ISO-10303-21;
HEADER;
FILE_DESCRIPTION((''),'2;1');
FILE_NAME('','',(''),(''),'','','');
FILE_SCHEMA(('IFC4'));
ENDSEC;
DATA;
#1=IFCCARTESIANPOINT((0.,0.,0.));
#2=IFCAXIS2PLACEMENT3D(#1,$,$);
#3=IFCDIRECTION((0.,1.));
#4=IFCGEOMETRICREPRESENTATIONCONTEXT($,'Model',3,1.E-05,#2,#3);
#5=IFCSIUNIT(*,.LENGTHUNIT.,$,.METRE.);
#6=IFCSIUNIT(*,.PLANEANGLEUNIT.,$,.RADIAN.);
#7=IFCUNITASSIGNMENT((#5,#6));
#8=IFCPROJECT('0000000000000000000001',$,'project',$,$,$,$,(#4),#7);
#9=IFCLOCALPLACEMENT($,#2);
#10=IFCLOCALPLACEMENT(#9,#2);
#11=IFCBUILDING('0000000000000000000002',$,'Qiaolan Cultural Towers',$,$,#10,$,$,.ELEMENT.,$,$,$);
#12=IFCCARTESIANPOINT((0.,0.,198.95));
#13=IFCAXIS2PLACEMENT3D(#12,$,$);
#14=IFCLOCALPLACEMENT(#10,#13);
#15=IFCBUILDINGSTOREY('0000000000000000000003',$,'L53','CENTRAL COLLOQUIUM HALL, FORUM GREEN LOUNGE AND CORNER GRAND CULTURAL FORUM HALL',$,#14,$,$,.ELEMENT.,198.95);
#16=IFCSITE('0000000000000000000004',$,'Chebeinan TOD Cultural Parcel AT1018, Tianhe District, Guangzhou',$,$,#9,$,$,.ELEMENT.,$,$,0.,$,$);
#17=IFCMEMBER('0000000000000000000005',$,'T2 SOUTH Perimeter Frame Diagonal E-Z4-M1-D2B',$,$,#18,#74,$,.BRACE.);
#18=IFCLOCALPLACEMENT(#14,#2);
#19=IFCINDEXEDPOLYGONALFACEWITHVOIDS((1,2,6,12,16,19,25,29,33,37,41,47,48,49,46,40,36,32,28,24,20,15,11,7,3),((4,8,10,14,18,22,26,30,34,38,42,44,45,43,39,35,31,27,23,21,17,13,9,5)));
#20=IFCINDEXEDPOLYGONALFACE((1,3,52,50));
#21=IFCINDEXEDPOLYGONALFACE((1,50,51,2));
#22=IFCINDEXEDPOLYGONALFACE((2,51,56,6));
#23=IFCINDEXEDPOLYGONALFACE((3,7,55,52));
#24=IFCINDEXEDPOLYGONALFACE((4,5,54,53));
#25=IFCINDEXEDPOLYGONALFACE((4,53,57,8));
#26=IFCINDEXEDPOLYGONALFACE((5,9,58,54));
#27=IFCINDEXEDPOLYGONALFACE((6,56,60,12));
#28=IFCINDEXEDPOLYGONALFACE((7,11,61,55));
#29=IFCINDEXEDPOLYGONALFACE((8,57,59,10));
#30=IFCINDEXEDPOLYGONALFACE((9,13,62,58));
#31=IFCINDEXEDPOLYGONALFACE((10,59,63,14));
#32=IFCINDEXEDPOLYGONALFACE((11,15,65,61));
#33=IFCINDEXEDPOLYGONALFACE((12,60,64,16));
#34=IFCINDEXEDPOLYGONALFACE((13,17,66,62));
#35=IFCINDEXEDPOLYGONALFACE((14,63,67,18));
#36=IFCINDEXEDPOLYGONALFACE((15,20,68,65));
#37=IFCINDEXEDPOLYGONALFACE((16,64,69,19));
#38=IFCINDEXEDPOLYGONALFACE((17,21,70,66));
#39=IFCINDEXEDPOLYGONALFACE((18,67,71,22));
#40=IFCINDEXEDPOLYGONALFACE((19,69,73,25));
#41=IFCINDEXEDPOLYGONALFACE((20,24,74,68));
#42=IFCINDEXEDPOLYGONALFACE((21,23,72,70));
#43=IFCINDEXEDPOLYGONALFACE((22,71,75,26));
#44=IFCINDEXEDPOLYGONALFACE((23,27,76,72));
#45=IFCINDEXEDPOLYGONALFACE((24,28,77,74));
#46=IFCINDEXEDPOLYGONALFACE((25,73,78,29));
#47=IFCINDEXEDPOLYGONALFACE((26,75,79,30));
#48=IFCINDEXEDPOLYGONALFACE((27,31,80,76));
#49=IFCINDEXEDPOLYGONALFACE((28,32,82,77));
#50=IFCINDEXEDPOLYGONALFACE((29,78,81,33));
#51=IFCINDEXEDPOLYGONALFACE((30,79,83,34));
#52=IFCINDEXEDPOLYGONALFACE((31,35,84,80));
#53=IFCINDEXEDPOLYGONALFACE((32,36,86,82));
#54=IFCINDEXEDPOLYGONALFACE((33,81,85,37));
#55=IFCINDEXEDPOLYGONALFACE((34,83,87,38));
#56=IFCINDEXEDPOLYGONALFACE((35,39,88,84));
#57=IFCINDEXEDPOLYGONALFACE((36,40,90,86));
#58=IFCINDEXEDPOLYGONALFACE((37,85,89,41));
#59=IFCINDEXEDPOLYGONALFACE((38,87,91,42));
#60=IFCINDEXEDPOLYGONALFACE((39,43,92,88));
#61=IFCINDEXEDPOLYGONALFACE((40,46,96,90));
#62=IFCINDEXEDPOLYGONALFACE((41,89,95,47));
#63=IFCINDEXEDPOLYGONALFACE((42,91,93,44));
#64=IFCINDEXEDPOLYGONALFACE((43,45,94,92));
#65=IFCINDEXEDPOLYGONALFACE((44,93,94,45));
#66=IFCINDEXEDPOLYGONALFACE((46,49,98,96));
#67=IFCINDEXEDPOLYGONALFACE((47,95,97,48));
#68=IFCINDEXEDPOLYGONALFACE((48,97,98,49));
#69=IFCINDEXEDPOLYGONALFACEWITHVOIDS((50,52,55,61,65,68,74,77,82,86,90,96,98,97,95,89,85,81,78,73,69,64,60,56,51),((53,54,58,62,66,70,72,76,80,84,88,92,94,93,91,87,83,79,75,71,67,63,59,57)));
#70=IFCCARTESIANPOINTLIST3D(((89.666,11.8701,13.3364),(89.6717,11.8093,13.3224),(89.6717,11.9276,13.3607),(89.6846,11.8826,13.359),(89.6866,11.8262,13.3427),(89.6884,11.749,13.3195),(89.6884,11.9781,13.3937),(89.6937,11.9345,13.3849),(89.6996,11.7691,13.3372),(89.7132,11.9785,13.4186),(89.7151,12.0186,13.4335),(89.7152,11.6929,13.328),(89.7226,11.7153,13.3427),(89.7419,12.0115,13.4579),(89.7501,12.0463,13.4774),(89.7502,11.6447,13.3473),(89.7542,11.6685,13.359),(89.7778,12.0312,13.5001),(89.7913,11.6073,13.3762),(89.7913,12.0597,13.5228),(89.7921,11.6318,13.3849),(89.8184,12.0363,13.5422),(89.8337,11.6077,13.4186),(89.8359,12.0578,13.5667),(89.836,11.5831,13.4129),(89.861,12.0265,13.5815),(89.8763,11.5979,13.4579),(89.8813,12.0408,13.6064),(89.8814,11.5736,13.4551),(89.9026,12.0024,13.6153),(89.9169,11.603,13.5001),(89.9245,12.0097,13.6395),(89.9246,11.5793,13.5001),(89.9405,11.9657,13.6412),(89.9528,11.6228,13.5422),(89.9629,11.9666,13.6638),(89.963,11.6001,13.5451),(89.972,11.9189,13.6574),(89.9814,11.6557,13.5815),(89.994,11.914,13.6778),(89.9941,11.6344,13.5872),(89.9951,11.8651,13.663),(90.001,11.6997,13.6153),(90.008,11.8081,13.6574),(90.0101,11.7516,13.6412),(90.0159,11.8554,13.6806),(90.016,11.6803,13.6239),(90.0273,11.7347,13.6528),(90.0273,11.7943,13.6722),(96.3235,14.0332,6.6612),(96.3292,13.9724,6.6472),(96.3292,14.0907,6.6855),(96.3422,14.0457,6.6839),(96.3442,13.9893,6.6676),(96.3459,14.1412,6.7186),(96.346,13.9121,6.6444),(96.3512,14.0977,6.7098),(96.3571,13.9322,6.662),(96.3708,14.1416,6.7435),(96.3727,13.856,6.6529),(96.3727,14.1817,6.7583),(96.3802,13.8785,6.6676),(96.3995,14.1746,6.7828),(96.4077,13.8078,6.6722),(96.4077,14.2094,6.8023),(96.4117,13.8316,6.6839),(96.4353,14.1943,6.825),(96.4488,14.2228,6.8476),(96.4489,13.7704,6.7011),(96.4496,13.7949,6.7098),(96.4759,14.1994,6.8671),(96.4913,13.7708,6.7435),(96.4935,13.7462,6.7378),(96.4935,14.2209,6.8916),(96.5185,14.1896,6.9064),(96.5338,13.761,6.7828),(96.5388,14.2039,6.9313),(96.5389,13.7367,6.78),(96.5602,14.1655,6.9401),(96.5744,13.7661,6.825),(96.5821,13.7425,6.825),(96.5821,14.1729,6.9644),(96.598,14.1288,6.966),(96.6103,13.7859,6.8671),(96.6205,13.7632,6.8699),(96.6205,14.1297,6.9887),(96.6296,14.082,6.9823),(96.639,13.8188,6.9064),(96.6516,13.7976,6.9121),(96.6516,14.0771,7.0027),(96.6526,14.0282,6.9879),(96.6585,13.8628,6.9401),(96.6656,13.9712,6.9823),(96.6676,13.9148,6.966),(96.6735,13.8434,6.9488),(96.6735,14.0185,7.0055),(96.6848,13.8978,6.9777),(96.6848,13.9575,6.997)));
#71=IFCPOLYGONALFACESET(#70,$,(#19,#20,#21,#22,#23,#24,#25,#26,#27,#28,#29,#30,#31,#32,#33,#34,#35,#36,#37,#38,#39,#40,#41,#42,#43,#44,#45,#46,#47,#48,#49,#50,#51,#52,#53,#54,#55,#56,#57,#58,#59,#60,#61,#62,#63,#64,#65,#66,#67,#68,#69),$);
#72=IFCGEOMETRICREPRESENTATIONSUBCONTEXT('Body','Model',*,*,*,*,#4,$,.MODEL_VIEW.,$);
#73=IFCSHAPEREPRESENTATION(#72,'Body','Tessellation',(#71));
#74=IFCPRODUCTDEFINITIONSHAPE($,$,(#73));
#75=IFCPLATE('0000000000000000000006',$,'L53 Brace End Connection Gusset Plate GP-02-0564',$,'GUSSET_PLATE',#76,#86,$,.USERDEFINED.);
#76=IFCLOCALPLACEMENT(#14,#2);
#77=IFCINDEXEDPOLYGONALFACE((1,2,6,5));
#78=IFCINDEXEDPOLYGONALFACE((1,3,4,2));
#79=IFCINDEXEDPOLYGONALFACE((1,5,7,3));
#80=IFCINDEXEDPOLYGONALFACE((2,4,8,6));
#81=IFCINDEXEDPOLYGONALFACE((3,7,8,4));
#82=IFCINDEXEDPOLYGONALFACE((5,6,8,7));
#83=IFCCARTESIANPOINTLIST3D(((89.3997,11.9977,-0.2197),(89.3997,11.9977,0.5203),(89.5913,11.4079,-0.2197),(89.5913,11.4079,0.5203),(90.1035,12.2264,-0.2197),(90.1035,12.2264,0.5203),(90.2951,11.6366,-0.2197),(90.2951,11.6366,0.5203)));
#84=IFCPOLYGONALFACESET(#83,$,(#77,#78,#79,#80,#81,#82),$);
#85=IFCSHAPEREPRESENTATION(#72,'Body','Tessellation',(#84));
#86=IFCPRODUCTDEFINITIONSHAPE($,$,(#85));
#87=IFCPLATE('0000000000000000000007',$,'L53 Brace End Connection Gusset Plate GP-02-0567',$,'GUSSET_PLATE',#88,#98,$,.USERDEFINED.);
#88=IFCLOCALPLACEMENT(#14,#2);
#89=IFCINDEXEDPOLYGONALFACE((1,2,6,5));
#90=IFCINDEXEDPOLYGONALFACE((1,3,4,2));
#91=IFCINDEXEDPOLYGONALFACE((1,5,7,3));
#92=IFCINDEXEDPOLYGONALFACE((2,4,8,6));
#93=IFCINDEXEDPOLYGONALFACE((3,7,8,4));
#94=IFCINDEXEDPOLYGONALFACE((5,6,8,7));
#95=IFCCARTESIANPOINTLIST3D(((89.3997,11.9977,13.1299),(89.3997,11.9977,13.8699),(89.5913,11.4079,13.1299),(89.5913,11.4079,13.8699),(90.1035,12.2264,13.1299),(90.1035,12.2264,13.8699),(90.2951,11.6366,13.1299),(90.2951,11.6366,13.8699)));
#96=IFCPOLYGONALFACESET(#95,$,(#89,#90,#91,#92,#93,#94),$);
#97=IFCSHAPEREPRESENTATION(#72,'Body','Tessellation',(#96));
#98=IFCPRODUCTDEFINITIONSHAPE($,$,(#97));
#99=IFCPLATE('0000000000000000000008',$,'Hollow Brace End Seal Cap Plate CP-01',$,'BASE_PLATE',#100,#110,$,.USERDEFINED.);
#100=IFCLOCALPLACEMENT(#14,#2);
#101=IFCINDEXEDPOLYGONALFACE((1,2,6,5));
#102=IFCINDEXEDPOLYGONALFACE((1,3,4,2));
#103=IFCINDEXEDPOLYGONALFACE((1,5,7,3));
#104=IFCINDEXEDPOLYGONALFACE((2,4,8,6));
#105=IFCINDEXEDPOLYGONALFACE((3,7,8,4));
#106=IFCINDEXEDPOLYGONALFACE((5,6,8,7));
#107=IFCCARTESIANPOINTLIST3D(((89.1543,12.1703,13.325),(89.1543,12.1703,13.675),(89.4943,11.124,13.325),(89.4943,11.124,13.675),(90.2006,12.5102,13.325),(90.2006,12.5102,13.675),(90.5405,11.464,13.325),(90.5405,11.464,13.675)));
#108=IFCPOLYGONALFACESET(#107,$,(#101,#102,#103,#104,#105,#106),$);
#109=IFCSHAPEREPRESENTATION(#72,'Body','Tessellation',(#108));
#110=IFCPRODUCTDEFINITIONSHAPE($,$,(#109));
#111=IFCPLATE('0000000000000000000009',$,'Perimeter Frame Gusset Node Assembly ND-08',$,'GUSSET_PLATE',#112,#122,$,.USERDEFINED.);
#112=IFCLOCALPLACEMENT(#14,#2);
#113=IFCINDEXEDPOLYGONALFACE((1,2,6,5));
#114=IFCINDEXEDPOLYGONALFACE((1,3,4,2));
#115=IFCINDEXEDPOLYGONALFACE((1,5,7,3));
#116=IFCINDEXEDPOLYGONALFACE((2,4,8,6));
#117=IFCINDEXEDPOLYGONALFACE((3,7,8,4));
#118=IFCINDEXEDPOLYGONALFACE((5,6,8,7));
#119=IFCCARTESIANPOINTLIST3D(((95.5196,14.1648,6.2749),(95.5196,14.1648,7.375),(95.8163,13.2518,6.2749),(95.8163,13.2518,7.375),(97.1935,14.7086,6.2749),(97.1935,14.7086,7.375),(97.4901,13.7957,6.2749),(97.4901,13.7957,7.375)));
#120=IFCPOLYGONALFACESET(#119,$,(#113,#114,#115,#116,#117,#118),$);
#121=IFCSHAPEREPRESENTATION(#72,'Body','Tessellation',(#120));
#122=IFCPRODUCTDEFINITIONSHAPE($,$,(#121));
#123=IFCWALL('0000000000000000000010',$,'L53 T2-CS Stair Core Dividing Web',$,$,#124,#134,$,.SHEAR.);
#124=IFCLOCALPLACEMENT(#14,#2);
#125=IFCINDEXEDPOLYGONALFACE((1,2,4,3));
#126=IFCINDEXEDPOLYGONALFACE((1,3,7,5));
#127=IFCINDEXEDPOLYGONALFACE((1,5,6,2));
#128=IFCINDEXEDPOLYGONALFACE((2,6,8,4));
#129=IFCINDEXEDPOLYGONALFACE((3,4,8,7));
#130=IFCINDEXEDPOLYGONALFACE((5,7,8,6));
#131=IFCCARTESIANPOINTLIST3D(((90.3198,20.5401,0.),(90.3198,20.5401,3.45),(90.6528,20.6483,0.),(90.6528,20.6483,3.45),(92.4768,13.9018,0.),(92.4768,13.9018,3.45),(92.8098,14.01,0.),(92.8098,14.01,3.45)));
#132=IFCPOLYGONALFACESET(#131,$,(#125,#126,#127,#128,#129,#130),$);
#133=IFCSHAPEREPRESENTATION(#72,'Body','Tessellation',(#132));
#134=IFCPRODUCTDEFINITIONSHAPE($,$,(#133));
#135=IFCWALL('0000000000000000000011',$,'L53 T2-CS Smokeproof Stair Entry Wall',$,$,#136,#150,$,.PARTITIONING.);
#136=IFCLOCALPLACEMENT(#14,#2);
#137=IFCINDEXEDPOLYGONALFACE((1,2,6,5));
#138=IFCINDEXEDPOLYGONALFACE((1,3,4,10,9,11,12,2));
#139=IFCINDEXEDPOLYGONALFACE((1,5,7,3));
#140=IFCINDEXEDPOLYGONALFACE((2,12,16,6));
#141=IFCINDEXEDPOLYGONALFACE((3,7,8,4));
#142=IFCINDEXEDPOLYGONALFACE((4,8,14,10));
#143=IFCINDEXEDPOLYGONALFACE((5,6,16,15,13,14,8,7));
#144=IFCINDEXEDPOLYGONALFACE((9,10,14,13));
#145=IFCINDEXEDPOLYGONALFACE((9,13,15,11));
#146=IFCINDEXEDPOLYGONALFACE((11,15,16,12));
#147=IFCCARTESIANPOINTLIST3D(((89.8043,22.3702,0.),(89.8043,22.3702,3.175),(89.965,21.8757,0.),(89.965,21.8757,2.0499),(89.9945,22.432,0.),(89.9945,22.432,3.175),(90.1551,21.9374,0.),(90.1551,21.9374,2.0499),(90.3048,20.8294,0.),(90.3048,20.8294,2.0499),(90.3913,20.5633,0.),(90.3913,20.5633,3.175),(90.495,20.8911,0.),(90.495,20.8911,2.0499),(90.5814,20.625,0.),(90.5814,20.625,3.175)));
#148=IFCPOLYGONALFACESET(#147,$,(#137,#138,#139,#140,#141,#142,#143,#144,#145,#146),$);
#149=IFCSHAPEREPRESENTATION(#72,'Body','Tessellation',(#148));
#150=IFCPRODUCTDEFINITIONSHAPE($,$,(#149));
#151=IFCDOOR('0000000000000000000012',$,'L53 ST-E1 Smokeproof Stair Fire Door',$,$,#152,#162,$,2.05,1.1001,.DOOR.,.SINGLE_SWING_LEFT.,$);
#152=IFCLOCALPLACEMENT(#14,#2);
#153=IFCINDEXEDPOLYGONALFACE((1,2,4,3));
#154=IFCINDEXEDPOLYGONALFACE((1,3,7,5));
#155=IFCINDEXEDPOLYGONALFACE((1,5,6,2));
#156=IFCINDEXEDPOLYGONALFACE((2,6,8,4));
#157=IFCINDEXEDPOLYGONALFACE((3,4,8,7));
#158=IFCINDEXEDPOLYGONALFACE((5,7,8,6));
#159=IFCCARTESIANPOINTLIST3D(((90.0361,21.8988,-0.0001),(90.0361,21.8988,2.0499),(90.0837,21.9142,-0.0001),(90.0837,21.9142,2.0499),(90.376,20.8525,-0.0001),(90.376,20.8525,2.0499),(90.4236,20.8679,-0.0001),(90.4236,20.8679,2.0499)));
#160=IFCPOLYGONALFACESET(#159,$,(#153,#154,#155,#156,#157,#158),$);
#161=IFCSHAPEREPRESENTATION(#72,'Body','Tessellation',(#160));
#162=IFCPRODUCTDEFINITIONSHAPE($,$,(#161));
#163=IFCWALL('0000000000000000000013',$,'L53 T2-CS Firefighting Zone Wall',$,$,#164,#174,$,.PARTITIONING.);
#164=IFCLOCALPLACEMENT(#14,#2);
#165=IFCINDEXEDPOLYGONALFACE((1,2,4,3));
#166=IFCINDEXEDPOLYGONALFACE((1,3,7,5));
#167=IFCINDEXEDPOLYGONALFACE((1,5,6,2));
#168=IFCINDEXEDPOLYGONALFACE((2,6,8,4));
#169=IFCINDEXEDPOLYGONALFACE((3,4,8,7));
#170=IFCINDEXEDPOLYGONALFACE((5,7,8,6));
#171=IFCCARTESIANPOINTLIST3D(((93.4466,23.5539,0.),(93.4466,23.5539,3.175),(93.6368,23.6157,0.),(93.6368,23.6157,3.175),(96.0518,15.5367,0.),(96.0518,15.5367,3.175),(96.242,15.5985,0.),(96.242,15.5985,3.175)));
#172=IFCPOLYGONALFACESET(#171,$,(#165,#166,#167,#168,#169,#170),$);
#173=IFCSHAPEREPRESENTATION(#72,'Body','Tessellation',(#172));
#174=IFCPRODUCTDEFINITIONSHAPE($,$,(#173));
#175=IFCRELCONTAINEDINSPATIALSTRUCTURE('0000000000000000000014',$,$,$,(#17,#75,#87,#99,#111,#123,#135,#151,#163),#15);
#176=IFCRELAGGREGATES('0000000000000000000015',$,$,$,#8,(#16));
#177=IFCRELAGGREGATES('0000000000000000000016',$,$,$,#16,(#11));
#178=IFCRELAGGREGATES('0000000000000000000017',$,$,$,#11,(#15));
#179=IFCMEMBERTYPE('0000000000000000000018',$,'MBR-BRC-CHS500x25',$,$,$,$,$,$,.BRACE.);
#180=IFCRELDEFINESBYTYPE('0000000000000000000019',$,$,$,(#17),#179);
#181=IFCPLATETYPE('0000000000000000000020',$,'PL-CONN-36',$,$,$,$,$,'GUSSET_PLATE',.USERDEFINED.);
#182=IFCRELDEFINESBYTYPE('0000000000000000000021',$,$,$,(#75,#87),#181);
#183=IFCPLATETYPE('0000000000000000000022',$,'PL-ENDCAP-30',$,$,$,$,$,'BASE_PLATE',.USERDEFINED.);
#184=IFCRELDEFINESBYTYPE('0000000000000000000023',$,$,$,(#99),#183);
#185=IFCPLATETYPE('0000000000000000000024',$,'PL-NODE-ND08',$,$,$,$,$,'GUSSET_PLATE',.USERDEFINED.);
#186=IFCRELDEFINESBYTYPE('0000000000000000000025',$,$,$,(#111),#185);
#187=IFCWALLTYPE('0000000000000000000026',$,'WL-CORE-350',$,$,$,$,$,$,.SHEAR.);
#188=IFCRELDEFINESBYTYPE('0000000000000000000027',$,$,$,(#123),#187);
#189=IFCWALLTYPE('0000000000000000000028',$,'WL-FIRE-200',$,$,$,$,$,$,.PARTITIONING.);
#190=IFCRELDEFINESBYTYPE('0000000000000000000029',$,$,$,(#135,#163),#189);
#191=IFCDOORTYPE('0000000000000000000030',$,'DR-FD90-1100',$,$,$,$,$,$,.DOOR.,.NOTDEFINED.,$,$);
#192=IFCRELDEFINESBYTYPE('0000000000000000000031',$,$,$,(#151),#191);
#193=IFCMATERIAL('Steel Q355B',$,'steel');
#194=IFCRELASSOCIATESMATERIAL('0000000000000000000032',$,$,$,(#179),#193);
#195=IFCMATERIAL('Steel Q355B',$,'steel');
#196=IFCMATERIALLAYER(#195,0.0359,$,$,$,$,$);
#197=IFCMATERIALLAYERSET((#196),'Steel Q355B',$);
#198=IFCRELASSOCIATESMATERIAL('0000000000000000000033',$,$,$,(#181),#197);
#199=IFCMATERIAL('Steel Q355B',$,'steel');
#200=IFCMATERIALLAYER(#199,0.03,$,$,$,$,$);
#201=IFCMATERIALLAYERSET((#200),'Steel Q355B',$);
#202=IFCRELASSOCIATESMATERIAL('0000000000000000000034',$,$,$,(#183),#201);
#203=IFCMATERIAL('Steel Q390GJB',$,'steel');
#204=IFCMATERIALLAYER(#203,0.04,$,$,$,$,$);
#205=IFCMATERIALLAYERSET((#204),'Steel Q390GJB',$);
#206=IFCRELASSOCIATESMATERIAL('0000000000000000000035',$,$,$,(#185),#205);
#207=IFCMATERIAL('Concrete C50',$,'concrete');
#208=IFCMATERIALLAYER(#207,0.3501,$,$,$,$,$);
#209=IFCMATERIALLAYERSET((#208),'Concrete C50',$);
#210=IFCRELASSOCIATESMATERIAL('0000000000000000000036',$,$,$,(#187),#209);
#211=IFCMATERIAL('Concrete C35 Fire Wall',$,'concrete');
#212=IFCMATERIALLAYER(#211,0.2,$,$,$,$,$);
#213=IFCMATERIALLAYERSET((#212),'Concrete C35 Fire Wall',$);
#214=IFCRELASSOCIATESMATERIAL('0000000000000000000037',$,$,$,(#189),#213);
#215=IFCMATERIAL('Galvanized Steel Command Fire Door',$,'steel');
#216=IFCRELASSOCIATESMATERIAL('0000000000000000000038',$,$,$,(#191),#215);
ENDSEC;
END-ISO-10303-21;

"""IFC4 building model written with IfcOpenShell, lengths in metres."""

from ifc_helpers import new_model, si_unit, direction, frame, frame_2d, origin, origin_2d, place, context, subcontext, project, spatial, rectangle, hollow_circle, extrude, material, layer, layer_set, material_profile, profile_set, type_object, element, fill, save


model = new_model("IFC4")

# Units and contexts
model_context = context("Model", 3, precision=1e-05, world=origin(), true_north=direction((0.0, 1.0)))
body_context = subcontext(model_context, "Body", "Model", "MODEL_VIEW")
ifc_project = project(units=[si_unit("LENGTHUNIT", "METRE"), si_unit("PLANEANGLEUNIT", "RADIAN")], contexts=[model_context])

# Site, building, storey
site_placement = place(None, origin())
site = spatial("IfcSite", under=ifc_project, at=site_placement, Name="Chebeinan TOD Cultural Parcel AT1018, Tianhe District, Guangzhou", CompositionType="ELEMENT", RefElevation=0.0)
building_placement = place(site_placement, origin())
building = spatial("IfcBuilding", under=site, at=building_placement, Name="Qiaolan Cultural Towers", CompositionType="ELEMENT")
storey_placement = place(building_placement, frame((0.0, 0.0, 198.95)))
storey = spatial("IfcBuildingStorey", under=building, at=storey_placement, Name="L53", Description="CENTRAL COLLOQUIUM HALL, FORUM GREEN LOUNGE AND CORNER GRAND CULTURAL FORUM HALL", CompositionType="ELEMENT", Elevation=198.95)

# Member
ifc_material_1 = material(Name="Steel Q355B", Category="steel")
ifc_material_profile_1 = material_profile(ifc_material_1, hollow_circle(Radius=0.25, WallThickness=0.0249, at=origin_2d()), Name="CHS500x25")
ifc_profile_set_1 = profile_set([ifc_material_profile_1], Name="Steel Q355B")
member_type = type_object("IfcMemberType", Name="MBR-BRC-CHS500x25", PredefinedType="BRACE", material=ifc_profile_set_1)
member_1_placement = place(storey_placement, frame((96.5049, 13.9802, 6.825), z_axis=(-0.688289, -0.223633, 0.690106), x_axis=(0.30901, -0.951059, 0.0)))
element("IfcMember", 1, at=member_1_placement, inside=storey, type_object=member_type, Name="T2 SOUTH Perimeter Frame Diagonal E-Z4-M1-D2B", PredefinedType="BRACE", context=body_context, shape_type="SweptSolid", body=[
    extrude(hollow_circle(Radius=0.25, WallThickness=0.0249, at=origin_2d()), origin(), (0.0, 0.0, 1.0), 9.6726),
])

# Plates
ifc_material_2 = material(Name="Steel Q355B", Category="steel")
ifc_layer_1 = layer(ifc_material_2, 0.0359)
ifc_layer_set_1 = layer_set([ifc_layer_1], Name="Steel Q355B")
plate_type_1 = type_object("IfcPlateType", Name="PL-CONN-36", ElementType="GUSSET_PLATE", PredefinedType="USERDEFINED", material=ifc_layer_set_1)
for number, where, z_axis, x_axis, name in (
    (2, (89.8474, 11.8171, -0.2197), (0.0, 0.0, 1.0), (0.951057, 0.309017, 0.0), "L53 Brace End Connection Gusset Plate GP-02-0564"),
    (3, (89.8474, 11.8171, 13.1299), (0.0, 0.0, 1.0), (0.951057, 0.309017, 0.0), "L53 Brace End Connection Gusset Plate GP-02-0567"),
):
    element("IfcPlate", number, at=place(storey_placement, frame(where, z_axis=z_axis, x_axis=x_axis)), inside=storey, type_object=plate_type_1, Name=name, ObjectType="GUSSET_PLATE", PredefinedType="USERDEFINED", context=body_context, shape_type="SweptSolid", body=[
        extrude(rectangle(XDim=0.74, YDim=0.6201, at=origin_2d()), origin(), (0.0, 0.0, 1.0), 0.74),
    ])
ifc_material_3 = material(Name="Steel Q355B", Category="steel")
ifc_layer_2 = layer(ifc_material_3, 0.03)
ifc_layer_set_2 = layer_set([ifc_layer_2], Name="Steel Q355B")
plate_type_2 = type_object("IfcPlateType", Name="PL-ENDCAP-30", ElementType="BASE_PLATE", PredefinedType="USERDEFINED", material=ifc_layer_set_2)
plate_1_placement = place(storey_placement, frame((89.8474, 11.8171, 13.325), z_axis=(0.0, 0.0, 1.0), x_axis=(0.951057, 0.309017, 0.0)))
element("IfcPlate", 4, at=plate_1_placement, inside=storey, type_object=plate_type_2, Name="Hollow Brace End Seal Cap Plate CP-01", ObjectType="BASE_PLATE", PredefinedType="USERDEFINED", context=body_context, shape_type="SweptSolid", body=[
    extrude(rectangle(XDim=1.1001, YDim=1.1001, at=origin_2d()), origin(), (0.0, 0.0, 1.0), 0.3501),
])
ifc_material_4 = material(Name="Steel Q390GJB", Category="steel")
ifc_layer_3 = layer(ifc_material_4, 0.04)
ifc_layer_set_3 = layer_set([ifc_layer_3], Name="Steel Q390GJB")
plate_type_3 = type_object("IfcPlateType", Name="PL-NODE-ND08", ElementType="GUSSET_PLATE", PredefinedType="USERDEFINED", material=ifc_layer_set_3)
plate_2_placement = place(storey_placement, frame((96.5049, 13.9802, 6.2749), z_axis=(0.0, 0.0, 1.0), x_axis=(0.951057, 0.309017, 0.0)))
element("IfcPlate", 5, at=plate_2_placement, inside=storey, type_object=plate_type_3, Name="Perimeter Frame Gusset Node Assembly ND-08", ObjectType="GUSSET_PLATE", PredefinedType="USERDEFINED", context=body_context, shape_type="SweptSolid", body=[
    extrude(rectangle(XDim=1.76, YDim=0.96, at=origin_2d()), origin(), (0.0, 0.0, 1.0), 1.1001),
])

# Wall
ifc_material_5 = material(Name="Concrete C50", Category="concrete")
ifc_layer_4 = layer(ifc_material_5, 0.3501)
ifc_layer_set_4 = layer_set([ifc_layer_4], Name="Concrete C50")
wall_type_1 = type_object("IfcWallType", Name="WL-CORE-350", PredefinedType="SHEAR", material=ifc_layer_set_4)
wall_1_placement = place(storey_placement, frame((90.4863, 20.5942, 0.0), z_axis=(0.0, 0.0, 1.0), x_axis=(0.30902, -0.951055, 0.0)))
element("IfcWall", 6, at=wall_1_placement, inside=storey, type_object=wall_type_1, Name="L53 T2-CS Stair Core Dividing Web", PredefinedType="SHEAR", context=body_context, shape_type="SweptSolid", body=[
    extrude(rectangle(XDim=6.98, YDim=0.3501, at=frame_2d((3.49, 0.0))), origin(), (0.0, 0.0, 1.0), 3.45),
])

# Wall, opening, door
ifc_material_6 = material(Name="Concrete C35 Fire Wall", Category="concrete")
ifc_layer_5 = layer(ifc_material_6, 0.2)
ifc_layer_set_5 = layer_set([ifc_layer_5], Name="Concrete C35 Fire Wall")
wall_type_2 = type_object("IfcWallType", Name="WL-FIRE-200", PredefinedType="PARTITIONING", material=ifc_layer_set_5)
wall_2_placement = place(storey_placement, frame((89.8994, 22.4011, 0.0), z_axis=(0.0, 0.0, 1.0), x_axis=(0.308932, -0.951084, 0.0)))
wall_2 = element("IfcWall", 7, at=wall_2_placement, inside=storey, type_object=wall_type_2, Name="L53 T2-CS Smokeproof Stair Entry Wall", PredefinedType="PARTITIONING", context=body_context, shape_type="SweptSolid", body=[
    extrude(rectangle(XDim=1.8999, YDim=0.2, at=frame_2d((0.95, 0.0))), origin(), (0.0, 0.0, 1.0), 3.175),
])
opening_1_placement = place(wall_2_placement, frame((0.52, 0.0, 0.0)))
opening_1 = element("IfcOpeningElement", 8, at=opening_1_placement, cuts=wall_2, PredefinedType="OPENING", context=body_context, shape_type="SweptSolid", body=[
    extrude(rectangle(XDim=1.1001, YDim=2.05, at=frame_2d((0.55, 1.0249))), frame((0.0, 0.1099, 0.0), z_axis=(0.0, -1.0, 0.0), x_axis=(1.0, 0.0, 0.0)), (0.0, 0.0, 1.0), 0.22),
])
ifc_material_7 = material(Name="Galvanized Steel Command Fire Door", Category="steel")
door_type_1 = type_object("IfcDoorType", Name="DR-FD90-1100", OperationType="NOTDEFINED", PredefinedType="DOOR", material=ifc_material_7)
door_1_placement = place(opening_1_placement, origin())
door_1 = element("IfcDoor", 9, at=door_1_placement, inside=storey, type_object=door_type_1, Name="L53 ST-E1 Smokeproof Stair Fire Door", OperationType="SINGLE_SWING_LEFT", OverallHeight=2.05, OverallWidth=1.1001, PredefinedType="DOOR", context=body_context, shape_type="SweptSolid", body=[
    extrude(rectangle(XDim=1.1001, YDim=2.05, at=frame_2d((0.55, 1.0249))), frame((0.0, 0.0249, 0.0), z_axis=(0.0, -1.0, 0.0), x_axis=(1.0, 0.0, 0.0)), (0.0, 0.0, 1.0), 0.05),
])
fill(opening_1, door_1)

# Wall
wall_3_placement = place(storey_placement, frame((93.5417, 23.5847, 0.0), z_axis=(0.0, 0.0, 1.0), x_axis=(0.309042, -0.951048, 0.0)))
element("IfcWall", 10, at=wall_3_placement, inside=storey, type_object=wall_type_2, Name="L53 T2-CS Firefighting Zone Wall", PredefinedType="PARTITIONING", context=body_context, shape_type="SweptSolid", body=[
    extrude(rectangle(XDim=8.4299, YDim=0.2, at=frame_2d((4.2148, 0.0))), origin(), (0.0, 0.0, 1.0), 3.175),
])

save(model, "model.ifc")
